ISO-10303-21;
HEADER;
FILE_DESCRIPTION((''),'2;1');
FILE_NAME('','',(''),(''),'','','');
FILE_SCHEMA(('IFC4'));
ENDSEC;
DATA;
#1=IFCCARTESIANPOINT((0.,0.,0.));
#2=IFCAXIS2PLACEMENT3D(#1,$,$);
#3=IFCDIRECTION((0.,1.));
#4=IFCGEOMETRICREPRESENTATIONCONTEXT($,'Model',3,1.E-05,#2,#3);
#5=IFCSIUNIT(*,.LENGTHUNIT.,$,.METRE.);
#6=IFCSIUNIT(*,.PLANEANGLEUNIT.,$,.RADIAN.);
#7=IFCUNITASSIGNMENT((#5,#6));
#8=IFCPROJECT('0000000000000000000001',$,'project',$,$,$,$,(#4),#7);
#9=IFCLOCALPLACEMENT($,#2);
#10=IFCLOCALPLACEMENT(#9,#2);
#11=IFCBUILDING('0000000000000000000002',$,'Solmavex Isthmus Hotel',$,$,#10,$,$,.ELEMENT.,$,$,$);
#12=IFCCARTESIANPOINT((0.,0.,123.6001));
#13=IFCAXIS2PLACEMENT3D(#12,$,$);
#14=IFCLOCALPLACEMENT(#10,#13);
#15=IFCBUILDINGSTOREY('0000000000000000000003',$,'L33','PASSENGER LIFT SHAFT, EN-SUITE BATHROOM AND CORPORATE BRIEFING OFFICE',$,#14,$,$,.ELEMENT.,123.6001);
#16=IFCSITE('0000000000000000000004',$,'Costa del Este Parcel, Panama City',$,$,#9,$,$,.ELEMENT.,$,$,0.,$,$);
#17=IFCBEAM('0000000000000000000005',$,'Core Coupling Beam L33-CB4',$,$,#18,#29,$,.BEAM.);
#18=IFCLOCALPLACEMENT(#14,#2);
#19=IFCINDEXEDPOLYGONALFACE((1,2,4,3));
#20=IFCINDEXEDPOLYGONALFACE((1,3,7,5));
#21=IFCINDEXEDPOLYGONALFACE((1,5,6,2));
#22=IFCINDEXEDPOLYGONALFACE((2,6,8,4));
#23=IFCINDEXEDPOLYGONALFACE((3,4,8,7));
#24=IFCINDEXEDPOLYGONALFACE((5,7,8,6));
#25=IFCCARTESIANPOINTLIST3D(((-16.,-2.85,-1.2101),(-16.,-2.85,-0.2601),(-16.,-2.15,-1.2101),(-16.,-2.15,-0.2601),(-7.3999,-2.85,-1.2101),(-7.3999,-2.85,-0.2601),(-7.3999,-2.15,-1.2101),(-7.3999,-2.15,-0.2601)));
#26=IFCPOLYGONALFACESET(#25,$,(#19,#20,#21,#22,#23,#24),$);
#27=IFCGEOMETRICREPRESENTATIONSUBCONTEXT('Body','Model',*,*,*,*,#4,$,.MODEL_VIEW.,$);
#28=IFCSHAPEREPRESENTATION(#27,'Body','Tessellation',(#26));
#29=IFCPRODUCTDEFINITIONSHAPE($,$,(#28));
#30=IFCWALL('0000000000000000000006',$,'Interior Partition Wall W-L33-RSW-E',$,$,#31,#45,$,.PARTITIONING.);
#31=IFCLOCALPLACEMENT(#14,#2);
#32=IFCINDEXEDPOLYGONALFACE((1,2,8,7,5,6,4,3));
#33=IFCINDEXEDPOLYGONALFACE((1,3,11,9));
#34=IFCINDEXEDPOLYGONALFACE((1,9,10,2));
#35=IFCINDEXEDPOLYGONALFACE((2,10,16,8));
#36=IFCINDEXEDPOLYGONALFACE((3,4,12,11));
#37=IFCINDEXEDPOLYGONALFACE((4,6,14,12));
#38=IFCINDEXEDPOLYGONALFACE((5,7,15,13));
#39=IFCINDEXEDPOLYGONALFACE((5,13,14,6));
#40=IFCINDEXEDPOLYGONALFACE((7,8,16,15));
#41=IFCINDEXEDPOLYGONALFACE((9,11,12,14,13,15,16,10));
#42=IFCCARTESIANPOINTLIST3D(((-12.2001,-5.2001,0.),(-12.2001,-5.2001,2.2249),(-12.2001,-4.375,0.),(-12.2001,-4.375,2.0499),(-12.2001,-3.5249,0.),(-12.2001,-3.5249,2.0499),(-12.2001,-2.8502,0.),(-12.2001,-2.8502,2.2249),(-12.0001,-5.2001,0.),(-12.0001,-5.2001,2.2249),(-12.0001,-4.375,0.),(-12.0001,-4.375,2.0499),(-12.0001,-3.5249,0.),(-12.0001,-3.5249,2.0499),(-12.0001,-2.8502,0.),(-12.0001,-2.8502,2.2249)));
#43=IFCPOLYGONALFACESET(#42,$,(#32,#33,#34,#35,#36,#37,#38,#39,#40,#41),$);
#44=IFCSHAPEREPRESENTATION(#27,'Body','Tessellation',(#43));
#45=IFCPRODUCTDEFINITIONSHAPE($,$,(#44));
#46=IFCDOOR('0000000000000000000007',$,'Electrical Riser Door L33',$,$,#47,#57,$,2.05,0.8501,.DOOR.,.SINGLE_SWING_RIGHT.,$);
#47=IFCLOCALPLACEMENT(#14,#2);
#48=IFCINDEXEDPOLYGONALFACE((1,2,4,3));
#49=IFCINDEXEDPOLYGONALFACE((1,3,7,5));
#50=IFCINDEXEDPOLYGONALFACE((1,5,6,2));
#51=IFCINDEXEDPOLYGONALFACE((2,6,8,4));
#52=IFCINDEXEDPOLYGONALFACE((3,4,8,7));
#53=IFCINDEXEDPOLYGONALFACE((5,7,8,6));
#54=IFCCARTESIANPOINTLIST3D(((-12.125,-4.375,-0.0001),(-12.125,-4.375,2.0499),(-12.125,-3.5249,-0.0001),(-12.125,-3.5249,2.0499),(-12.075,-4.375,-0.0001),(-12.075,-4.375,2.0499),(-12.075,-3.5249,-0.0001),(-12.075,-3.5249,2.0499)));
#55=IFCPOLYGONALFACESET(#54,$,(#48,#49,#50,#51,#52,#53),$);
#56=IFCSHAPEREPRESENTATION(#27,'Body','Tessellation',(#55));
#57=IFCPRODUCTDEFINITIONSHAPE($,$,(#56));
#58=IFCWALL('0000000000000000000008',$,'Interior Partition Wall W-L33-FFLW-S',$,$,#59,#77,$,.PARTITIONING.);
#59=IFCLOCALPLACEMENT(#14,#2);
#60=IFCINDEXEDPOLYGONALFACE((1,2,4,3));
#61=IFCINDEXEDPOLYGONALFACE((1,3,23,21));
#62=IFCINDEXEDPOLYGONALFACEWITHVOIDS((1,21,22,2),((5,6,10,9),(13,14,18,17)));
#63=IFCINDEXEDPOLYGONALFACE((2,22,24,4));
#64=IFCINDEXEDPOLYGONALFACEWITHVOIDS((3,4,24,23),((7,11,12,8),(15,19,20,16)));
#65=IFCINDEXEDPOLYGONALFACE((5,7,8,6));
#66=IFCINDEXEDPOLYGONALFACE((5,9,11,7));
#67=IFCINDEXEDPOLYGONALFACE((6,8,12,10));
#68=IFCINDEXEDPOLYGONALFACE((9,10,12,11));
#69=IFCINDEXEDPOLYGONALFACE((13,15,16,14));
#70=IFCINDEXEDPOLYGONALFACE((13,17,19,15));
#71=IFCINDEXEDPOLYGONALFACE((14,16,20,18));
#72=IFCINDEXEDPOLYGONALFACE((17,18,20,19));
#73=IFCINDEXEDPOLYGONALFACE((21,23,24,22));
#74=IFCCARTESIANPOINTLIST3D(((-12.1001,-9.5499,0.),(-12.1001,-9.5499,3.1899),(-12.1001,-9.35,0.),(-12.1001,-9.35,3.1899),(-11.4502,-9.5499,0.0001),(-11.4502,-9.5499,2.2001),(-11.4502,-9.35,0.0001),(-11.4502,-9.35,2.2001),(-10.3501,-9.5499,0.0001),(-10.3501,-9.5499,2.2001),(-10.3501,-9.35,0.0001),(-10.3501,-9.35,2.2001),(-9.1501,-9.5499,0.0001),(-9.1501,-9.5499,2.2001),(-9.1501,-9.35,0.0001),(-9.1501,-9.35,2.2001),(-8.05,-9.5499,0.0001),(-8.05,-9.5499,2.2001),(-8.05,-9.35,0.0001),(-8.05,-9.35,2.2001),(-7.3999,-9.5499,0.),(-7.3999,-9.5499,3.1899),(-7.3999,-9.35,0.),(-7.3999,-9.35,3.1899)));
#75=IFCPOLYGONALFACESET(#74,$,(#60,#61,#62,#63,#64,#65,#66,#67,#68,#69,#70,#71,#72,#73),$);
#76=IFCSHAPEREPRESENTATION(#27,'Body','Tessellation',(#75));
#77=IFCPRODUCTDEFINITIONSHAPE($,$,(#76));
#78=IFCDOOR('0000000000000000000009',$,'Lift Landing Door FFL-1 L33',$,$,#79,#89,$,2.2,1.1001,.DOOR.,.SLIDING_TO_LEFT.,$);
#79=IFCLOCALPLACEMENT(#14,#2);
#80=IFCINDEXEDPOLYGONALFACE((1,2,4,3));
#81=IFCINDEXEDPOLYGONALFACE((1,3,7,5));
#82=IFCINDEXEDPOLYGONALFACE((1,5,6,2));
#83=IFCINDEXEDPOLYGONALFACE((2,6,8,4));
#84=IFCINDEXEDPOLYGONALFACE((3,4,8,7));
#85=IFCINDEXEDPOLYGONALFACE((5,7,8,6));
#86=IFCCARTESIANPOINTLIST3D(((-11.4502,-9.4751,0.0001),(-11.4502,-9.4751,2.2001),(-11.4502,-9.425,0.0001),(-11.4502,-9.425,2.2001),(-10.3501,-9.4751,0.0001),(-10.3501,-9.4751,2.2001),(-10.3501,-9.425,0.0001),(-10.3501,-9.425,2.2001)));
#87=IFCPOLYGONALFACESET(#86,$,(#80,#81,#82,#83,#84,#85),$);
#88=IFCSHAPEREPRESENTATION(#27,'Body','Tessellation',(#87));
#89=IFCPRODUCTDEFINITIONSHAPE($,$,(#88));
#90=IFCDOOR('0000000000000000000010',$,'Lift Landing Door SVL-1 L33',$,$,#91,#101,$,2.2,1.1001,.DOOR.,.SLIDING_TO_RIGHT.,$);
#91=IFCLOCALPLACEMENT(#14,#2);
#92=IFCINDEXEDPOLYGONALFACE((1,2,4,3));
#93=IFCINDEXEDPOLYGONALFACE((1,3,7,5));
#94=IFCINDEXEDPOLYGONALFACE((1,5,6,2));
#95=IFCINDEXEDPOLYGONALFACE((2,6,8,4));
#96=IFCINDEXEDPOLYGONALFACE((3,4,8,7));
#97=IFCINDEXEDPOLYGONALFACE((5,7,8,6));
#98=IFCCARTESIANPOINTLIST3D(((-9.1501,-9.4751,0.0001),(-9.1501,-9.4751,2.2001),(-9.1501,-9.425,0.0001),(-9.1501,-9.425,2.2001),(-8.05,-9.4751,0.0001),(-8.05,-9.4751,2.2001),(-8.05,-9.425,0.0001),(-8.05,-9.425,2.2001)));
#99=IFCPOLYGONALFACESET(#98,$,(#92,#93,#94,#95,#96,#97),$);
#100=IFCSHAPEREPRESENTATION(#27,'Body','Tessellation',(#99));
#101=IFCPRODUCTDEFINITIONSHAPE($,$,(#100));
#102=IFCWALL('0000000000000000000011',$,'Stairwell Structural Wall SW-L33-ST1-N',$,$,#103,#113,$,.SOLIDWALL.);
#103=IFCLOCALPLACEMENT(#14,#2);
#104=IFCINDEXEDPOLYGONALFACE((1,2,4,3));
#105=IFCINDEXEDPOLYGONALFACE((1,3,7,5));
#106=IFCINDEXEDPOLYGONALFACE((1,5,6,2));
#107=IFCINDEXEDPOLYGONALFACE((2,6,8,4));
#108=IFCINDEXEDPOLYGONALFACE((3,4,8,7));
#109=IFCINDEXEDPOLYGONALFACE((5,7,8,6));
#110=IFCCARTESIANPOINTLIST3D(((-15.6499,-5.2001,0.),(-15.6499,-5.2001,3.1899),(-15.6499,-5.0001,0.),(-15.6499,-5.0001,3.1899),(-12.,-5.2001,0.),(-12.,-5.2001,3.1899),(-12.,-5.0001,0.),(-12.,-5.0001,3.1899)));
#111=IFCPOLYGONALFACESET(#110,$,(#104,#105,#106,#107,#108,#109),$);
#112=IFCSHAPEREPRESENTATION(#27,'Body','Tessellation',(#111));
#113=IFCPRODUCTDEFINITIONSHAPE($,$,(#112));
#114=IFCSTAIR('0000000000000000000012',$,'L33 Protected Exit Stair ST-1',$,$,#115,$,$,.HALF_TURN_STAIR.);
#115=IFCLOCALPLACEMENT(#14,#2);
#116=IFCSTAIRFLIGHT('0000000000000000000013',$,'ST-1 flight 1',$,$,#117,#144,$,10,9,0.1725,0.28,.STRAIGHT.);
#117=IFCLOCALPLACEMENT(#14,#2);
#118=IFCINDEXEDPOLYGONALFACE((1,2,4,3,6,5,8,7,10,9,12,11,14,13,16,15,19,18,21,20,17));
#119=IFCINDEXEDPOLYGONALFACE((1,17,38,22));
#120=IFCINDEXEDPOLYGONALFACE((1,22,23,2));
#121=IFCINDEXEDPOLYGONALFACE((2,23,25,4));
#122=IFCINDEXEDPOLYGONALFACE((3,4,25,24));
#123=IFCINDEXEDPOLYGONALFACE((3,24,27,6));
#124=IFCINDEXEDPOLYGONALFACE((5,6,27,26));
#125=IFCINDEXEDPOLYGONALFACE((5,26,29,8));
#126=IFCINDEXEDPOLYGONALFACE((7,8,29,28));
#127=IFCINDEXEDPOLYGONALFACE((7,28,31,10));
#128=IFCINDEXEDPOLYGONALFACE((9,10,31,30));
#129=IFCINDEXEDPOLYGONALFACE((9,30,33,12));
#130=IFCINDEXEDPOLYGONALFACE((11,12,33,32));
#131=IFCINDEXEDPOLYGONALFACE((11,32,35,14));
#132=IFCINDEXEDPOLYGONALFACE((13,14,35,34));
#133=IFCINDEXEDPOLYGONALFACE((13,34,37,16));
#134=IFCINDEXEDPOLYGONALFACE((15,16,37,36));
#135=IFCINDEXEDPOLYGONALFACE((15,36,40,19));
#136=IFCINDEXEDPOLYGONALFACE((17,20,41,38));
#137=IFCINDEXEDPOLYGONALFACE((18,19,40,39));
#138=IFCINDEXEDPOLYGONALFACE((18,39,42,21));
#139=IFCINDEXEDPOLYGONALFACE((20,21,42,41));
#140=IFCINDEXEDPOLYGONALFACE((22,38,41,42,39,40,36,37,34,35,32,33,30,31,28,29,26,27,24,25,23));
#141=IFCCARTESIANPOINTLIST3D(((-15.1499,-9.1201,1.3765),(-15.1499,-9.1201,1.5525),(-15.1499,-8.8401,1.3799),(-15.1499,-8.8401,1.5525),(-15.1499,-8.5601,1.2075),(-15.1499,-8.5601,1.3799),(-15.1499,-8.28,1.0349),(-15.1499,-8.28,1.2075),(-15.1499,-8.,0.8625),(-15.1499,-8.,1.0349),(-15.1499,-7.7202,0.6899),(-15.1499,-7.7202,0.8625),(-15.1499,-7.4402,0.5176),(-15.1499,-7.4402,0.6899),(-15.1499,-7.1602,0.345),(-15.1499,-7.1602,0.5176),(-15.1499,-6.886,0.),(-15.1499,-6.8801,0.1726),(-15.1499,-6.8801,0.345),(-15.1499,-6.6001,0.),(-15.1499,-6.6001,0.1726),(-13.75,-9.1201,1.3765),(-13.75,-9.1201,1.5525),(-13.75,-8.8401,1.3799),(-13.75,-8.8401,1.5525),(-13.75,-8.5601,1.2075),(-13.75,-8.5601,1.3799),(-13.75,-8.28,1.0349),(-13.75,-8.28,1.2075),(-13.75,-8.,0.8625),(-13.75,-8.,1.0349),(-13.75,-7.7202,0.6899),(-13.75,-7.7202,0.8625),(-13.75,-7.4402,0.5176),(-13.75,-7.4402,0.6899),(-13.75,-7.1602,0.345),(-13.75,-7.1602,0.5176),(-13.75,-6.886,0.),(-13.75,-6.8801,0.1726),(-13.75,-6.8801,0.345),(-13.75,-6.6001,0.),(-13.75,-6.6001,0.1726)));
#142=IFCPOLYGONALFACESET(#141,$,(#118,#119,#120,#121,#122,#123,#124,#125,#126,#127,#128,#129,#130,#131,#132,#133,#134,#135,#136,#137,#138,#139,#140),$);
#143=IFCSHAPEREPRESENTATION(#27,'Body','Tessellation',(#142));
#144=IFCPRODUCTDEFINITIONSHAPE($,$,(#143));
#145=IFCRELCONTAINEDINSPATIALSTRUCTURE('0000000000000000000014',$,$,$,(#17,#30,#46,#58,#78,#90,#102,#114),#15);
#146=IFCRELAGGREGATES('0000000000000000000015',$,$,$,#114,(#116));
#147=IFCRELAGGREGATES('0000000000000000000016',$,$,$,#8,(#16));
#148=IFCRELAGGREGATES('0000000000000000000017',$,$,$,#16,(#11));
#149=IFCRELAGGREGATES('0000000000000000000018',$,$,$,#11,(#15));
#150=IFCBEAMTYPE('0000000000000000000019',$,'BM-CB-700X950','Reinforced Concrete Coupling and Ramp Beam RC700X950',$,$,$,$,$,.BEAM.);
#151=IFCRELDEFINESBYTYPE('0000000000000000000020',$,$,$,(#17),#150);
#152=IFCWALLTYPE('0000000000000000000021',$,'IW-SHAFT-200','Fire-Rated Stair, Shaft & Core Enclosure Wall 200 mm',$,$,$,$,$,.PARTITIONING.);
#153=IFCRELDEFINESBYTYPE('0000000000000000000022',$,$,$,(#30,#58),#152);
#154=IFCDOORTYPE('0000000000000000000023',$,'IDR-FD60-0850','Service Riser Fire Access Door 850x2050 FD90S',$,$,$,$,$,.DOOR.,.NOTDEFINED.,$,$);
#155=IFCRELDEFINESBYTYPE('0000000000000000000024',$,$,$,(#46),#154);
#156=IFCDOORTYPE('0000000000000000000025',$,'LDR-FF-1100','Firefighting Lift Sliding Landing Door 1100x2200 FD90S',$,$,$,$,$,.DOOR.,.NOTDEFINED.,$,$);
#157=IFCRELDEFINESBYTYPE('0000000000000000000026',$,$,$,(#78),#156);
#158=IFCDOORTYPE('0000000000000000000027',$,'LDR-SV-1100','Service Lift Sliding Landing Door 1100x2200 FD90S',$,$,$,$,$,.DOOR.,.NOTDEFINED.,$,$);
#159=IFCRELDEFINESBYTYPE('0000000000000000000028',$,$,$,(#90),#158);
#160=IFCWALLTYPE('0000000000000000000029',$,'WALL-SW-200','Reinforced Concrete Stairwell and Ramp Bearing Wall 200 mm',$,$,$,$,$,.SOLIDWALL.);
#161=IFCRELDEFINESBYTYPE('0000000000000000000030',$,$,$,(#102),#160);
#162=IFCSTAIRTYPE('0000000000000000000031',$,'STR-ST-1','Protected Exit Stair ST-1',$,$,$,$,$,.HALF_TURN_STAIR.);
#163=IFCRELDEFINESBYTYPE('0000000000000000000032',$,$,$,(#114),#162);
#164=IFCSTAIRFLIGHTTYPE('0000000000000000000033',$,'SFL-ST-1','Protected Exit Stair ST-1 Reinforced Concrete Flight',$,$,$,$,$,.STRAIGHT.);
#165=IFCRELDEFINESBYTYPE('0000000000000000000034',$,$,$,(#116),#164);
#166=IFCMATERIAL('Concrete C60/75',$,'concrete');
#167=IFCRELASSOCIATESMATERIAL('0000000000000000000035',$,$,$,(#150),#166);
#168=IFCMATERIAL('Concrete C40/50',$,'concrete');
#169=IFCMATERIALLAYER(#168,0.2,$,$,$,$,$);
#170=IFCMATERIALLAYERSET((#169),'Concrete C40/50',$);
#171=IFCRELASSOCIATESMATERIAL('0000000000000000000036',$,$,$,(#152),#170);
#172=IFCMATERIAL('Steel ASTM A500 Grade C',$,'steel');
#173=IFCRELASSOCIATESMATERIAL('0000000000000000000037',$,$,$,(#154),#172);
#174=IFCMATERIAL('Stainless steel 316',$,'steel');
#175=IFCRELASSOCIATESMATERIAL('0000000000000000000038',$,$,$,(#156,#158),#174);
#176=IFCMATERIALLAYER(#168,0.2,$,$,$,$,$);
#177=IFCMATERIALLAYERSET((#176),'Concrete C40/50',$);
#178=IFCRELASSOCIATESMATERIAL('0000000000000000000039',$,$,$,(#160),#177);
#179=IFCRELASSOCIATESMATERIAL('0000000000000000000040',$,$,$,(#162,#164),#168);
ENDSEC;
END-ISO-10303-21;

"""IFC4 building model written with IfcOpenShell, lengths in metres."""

from ifc_helpers import new_model, si_unit, direction, frame, frame_2d, origin, origin_2d, place, context, subcontext, project, spatial, polyline, rectangle, outline, extrude, material, layer, layer_set, material_profile, profile_set, type_object, element, fill, aggregate, save


model = new_model("IFC4")

# Units and contexts
model_context = context("Model", 3, precision=1e-05, world=origin(), true_north=direction((0.0, 1.0)))
body_context = subcontext(model_context, "Body", "Model", "MODEL_VIEW")
ifc_project = project(units=[si_unit("LENGTHUNIT", "METRE"), si_unit("PLANEANGLEUNIT", "RADIAN")], contexts=[model_context])

# Site, building, storey
site_placement = place(None, origin())
site = spatial("IfcSite", under=ifc_project, at=site_placement, Name="Costa del Este Parcel, Panama City", CompositionType="ELEMENT", RefElevation=0.0)
building_placement = place(site_placement, origin())
building = spatial("IfcBuilding", under=site, at=building_placement, Name="Solmavex Isthmus Hotel", CompositionType="ELEMENT")
storey_placement = place(building_placement, frame((0.0, 0.0, 123.6001)))
storey = spatial("IfcBuildingStorey", under=building, at=storey_placement, Name="L33", Description="PASSENGER LIFT SHAFT, EN-SUITE BATHROOM AND CORPORATE BRIEFING OFFICE", CompositionType="ELEMENT", Elevation=123.6001)

# Beam
ifc_material_1 = material(Name="Concrete C60/75", Category="concrete")
ifc_material_profile = material_profile(ifc_material_1, rectangle(XDim=0.7, YDim=0.95, at=origin_2d()), Name="RC700X950")
ifc_profile_set = profile_set([ifc_material_profile], Name="Concrete C60/75")
beam_type = type_object("IfcBeamType", Name="BM-CB-700X950", Description="Reinforced Concrete Coupling and Ramp Beam RC700X950", PredefinedType="BEAM", material=ifc_profile_set)
beam_placement = place(storey_placement, frame((-16.0, -2.5, -0.7351), z_axis=(1.0, 0.0, 0.0), x_axis=(0.0, 1.0, 0.0)))
element("IfcBeam", 1, at=beam_placement, inside=storey, type_object=beam_type, Name="Core Coupling Beam L33-CB4", PredefinedType="BEAM", context=body_context, shape_type="SweptSolid", body=[
    extrude(rectangle(XDim=0.7, YDim=0.95, at=origin_2d()), origin(), (0.0, 0.0, 1.0), 8.6001),
])

# Wall, opening, door
ifc_material_2 = material(Name="Concrete C40/50", Category="concrete")
ifc_layer_1 = layer(ifc_material_2, 0.2)
ifc_layer_set_1 = layer_set([ifc_layer_1], Name="Concrete C40/50")
wall_type_1 = type_object("IfcWallType", Name="IW-SHAFT-200", Description="Fire-Rated Stair, Shaft & Core Enclosure Wall 200 mm", PredefinedType="PARTITIONING", material=ifc_layer_set_1)
wall_1_placement = place(storey_placement, frame((-12.1001, -5.2, 0.0), z_axis=(0.0, 0.0, 1.0), x_axis=(0.0, 1.0, 0.0)))
wall_1 = element("IfcWall", 2, at=wall_1_placement, inside=storey, type_object=wall_type_1, Name="Interior Partition Wall W-L33-RSW-E", PredefinedType="PARTITIONING", context=body_context, shape_type="SweptSolid", body=[
    extrude(rectangle(XDim=2.3499, YDim=0.2, at=frame_2d((1.1748, 0.0))), origin(), (0.0, 0.0, 1.0), 2.2249),
])
opening_1_placement = place(wall_1_placement, frame((0.825, 0.0, 0.0)))
opening_1 = element("IfcOpeningElement", 3, at=opening_1_placement, cuts=wall_1, PredefinedType="OPENING", context=body_context, shape_type="SweptSolid", body=[
    extrude(rectangle(XDim=0.8501, YDim=2.05, at=frame_2d((0.425, 1.0249))), frame((0.0, 0.1099, 0.0), z_axis=(0.0, -1.0, 0.0), x_axis=(1.0, 0.0, 0.0)), (0.0, 0.0, 1.0), 0.22),
])
ifc_material_3 = material(Name="Steel ASTM A500 Grade C", Category="steel")
door_type_1 = type_object("IfcDoorType", Name="IDR-FD60-0850", Description="Service Riser Fire Access Door 850x2050 FD90S", OperationType="NOTDEFINED", PredefinedType="DOOR", material=ifc_material_3)
door_1_placement = place(opening_1_placement, origin())
door_1 = element("IfcDoor", 4, at=door_1_placement, inside=storey, type_object=door_type_1, Name="Electrical Riser Door L33", OperationType="SINGLE_SWING_RIGHT", OverallHeight=2.05, OverallWidth=0.8501, PredefinedType="DOOR", context=body_context, shape_type="SweptSolid", body=[
    extrude(rectangle(XDim=0.8501, YDim=2.05, at=frame_2d((0.425, 1.0249))), frame((0.0, 0.0249, 0.0), z_axis=(0.0, -1.0, 0.0), x_axis=(1.0, 0.0, 0.0)), (0.0, 0.0, 1.0), 0.05),
])
fill(opening_1, door_1)

# Wall, openings, doors
wall_2_placement = place(storey_placement, frame((-12.1001, -9.45, 0.0), z_axis=(0.0, 0.0, 1.0), x_axis=(1.0, 0.0, 0.0)))
wall_2 = element("IfcWall", 5, at=wall_2_placement, inside=storey, type_object=wall_type_1, Name="Interior Partition Wall W-L33-FFLW-S", PredefinedType="PARTITIONING", context=body_context, shape_type="SweptSolid", body=[
    extrude(rectangle(XDim=4.7002, YDim=0.2, at=frame_2d((2.3501, 0.0))), origin(), (0.0, 0.0, 1.0), 3.1899),
])
opening_2_placement = place(wall_2_placement, frame((0.6499, 0.0, 0.0)))
opening_2 = element("IfcOpeningElement", 6, at=opening_2_placement, cuts=wall_2, PredefinedType="OPENING", context=body_context, shape_type="SweptSolid", body=[
    extrude(rectangle(XDim=1.1001, YDim=2.2, at=frame_2d((0.55, 1.1001))), frame((0.0, 0.1099, 0.0), z_axis=(0.0, -1.0, 0.0), x_axis=(1.0, 0.0, 0.0)), (0.0, 0.0, 1.0), 0.22),
])
opening_3_placement = place(wall_2_placement, frame((2.95, 0.0, 0.0)))
opening_3 = element("IfcOpeningElement", 7, at=opening_3_placement, cuts=wall_2, PredefinedType="OPENING", context=body_context, shape_type="SweptSolid", body=[
    extrude(rectangle(XDim=1.1001, YDim=2.2, at=frame_2d((0.55, 1.1001))), frame((0.0, 0.1099, 0.0), z_axis=(0.0, -1.0, 0.0), x_axis=(1.0, 0.0, 0.0)), (0.0, 0.0, 1.0), 0.22),
])
ifc_material_4 = material(Name="Stainless steel 316", Category="steel")
door_type_2 = type_object("IfcDoorType", Name="LDR-FF-1100", Description="Firefighting Lift Sliding Landing Door 1100x2200 FD90S", OperationType="NOTDEFINED", PredefinedType="DOOR", material=ifc_material_4)
door_2_placement = place(opening_2_placement, origin())
door_2 = element("IfcDoor", 8, at=door_2_placement, inside=storey, type_object=door_type_2, Name="Lift Landing Door FFL-1 L33", OperationType="SLIDING_TO_LEFT", OverallHeight=2.2, OverallWidth=1.1001, PredefinedType="DOOR", context=body_context, shape_type="SweptSolid", body=[
    extrude(rectangle(XDim=1.1001, YDim=2.2, at=frame_2d((0.55, 1.1001))), frame((0.0, 0.0249, 0.0), z_axis=(0.0, -1.0, 0.0), x_axis=(1.0, 0.0, 0.0)), (0.0, 0.0, 1.0), 0.05),
])
fill(opening_2, door_2)
door_type_3 = type_object("IfcDoorType", Name="LDR-SV-1100", Description="Service Lift Sliding Landing Door 1100x2200 FD90S", OperationType="NOTDEFINED", PredefinedType="DOOR", material=ifc_material_4)
door_3_placement = place(opening_3_placement, origin())
door_3 = element("IfcDoor", 9, at=door_3_placement, inside=storey, type_object=door_type_3, Name="Lift Landing Door SVL-1 L33", OperationType="SLIDING_TO_RIGHT", OverallHeight=2.2, OverallWidth=1.1001, PredefinedType="DOOR", context=body_context, shape_type="SweptSolid", body=[
    extrude(rectangle(XDim=1.1001, YDim=2.2, at=frame_2d((0.55, 1.1001))), frame((0.0, 0.0249, 0.0), z_axis=(0.0, -1.0, 0.0), x_axis=(1.0, 0.0, 0.0)), (0.0, 0.0, 1.0), 0.05),
])
fill(opening_3, door_3)

# Wall
ifc_layer_2 = layer(ifc_material_2, 0.2)
ifc_layer_set_2 = layer_set([ifc_layer_2], Name="Concrete C40/50")
wall_type_2 = type_object("IfcWallType", Name="WALL-SW-200", Description="Reinforced Concrete Stairwell and Ramp Bearing Wall 200 mm", PredefinedType="SOLIDWALL", material=ifc_layer_set_2)
wall_3_placement = place(storey_placement, frame((-15.6499, -5.1001, 0.0), z_axis=(0.0, 0.0, 1.0), x_axis=(1.0, 0.0, 0.0)))
element("IfcWall", 10, at=wall_3_placement, inside=storey, type_object=wall_type_2, Name="Stairwell Structural Wall SW-L33-ST1-N", PredefinedType="SOLIDWALL", context=body_context, shape_type="SweptSolid", body=[
    extrude(rectangle(XDim=3.6499, YDim=0.2, at=frame_2d((1.825, 0.0))), origin(), (0.0, 0.0, 1.0), 3.1899),
])

# Stair, stair flight
stair_type = type_object("IfcStairType", Name="STR-ST-1", Description="Protected Exit Stair ST-1", PredefinedType="HALF_TURN_STAIR", material=ifc_material_2)
stair_placement = place(storey_placement, origin())
stair = element("IfcStair", 11, at=stair_placement, inside=storey, type_object=stair_type, Name="L33 Protected Exit Stair ST-1", PredefinedType="HALF_TURN_STAIR")
stair_flight_type = type_object("IfcStairFlightType", Name="SFL-ST-1", Description="Protected Exit Stair ST-1 Reinforced Concrete Flight", PredefinedType="STRAIGHT", material=ifc_material_2)
stair_flight_1_placement = place(storey_placement, frame((-14.45, -6.6001, 0.0), z_axis=(0.0, 0.0, 1.0), x_axis=(0.0, -1.0, 0.0)))
stair_flight_1 = element("IfcStairFlight", 12, at=stair_flight_1_placement, type_object=stair_flight_type, Name="ST-1 flight 1", NumberOfRisers=10, NumberOfTreads=9, PredefinedType="STRAIGHT", RiserHeight=0.1725, TreadLength=0.28, context=body_context, shape_type="SweptSolid", body=[
    extrude(outline(polyline([(0.0, 0.0), (0.0, 0.1726), (0.28, 0.1726), (0.28, 0.345), (0.5601, 0.345), (0.5601, 0.5176), (0.8401, 0.5176), (0.8401, 0.6899), (1.1201, 0.6899), (1.1201, 0.8625), (1.3999, 0.8625), (1.3999, 1.0349), (1.6799, 1.0349), (1.6799, 1.2075), (1.96, 1.2075), (1.96, 1.3799), (2.24, 1.3799), (2.24, 1.5525), (2.52, 1.5525), (2.52, 1.7251), (2.52, 1.3765), (0.2859, 0.0), (0.0, 0.0)])), frame((0.0, 0.7, 0.0), z_axis=(0.0, -1.0, 0.0), x_axis=(1.0, 0.0, 0.0)), (0.0, 0.0, 1.0), 1.3999),
])
aggregate(stair, [stair_flight_1])

save(model, "model.ifc")
